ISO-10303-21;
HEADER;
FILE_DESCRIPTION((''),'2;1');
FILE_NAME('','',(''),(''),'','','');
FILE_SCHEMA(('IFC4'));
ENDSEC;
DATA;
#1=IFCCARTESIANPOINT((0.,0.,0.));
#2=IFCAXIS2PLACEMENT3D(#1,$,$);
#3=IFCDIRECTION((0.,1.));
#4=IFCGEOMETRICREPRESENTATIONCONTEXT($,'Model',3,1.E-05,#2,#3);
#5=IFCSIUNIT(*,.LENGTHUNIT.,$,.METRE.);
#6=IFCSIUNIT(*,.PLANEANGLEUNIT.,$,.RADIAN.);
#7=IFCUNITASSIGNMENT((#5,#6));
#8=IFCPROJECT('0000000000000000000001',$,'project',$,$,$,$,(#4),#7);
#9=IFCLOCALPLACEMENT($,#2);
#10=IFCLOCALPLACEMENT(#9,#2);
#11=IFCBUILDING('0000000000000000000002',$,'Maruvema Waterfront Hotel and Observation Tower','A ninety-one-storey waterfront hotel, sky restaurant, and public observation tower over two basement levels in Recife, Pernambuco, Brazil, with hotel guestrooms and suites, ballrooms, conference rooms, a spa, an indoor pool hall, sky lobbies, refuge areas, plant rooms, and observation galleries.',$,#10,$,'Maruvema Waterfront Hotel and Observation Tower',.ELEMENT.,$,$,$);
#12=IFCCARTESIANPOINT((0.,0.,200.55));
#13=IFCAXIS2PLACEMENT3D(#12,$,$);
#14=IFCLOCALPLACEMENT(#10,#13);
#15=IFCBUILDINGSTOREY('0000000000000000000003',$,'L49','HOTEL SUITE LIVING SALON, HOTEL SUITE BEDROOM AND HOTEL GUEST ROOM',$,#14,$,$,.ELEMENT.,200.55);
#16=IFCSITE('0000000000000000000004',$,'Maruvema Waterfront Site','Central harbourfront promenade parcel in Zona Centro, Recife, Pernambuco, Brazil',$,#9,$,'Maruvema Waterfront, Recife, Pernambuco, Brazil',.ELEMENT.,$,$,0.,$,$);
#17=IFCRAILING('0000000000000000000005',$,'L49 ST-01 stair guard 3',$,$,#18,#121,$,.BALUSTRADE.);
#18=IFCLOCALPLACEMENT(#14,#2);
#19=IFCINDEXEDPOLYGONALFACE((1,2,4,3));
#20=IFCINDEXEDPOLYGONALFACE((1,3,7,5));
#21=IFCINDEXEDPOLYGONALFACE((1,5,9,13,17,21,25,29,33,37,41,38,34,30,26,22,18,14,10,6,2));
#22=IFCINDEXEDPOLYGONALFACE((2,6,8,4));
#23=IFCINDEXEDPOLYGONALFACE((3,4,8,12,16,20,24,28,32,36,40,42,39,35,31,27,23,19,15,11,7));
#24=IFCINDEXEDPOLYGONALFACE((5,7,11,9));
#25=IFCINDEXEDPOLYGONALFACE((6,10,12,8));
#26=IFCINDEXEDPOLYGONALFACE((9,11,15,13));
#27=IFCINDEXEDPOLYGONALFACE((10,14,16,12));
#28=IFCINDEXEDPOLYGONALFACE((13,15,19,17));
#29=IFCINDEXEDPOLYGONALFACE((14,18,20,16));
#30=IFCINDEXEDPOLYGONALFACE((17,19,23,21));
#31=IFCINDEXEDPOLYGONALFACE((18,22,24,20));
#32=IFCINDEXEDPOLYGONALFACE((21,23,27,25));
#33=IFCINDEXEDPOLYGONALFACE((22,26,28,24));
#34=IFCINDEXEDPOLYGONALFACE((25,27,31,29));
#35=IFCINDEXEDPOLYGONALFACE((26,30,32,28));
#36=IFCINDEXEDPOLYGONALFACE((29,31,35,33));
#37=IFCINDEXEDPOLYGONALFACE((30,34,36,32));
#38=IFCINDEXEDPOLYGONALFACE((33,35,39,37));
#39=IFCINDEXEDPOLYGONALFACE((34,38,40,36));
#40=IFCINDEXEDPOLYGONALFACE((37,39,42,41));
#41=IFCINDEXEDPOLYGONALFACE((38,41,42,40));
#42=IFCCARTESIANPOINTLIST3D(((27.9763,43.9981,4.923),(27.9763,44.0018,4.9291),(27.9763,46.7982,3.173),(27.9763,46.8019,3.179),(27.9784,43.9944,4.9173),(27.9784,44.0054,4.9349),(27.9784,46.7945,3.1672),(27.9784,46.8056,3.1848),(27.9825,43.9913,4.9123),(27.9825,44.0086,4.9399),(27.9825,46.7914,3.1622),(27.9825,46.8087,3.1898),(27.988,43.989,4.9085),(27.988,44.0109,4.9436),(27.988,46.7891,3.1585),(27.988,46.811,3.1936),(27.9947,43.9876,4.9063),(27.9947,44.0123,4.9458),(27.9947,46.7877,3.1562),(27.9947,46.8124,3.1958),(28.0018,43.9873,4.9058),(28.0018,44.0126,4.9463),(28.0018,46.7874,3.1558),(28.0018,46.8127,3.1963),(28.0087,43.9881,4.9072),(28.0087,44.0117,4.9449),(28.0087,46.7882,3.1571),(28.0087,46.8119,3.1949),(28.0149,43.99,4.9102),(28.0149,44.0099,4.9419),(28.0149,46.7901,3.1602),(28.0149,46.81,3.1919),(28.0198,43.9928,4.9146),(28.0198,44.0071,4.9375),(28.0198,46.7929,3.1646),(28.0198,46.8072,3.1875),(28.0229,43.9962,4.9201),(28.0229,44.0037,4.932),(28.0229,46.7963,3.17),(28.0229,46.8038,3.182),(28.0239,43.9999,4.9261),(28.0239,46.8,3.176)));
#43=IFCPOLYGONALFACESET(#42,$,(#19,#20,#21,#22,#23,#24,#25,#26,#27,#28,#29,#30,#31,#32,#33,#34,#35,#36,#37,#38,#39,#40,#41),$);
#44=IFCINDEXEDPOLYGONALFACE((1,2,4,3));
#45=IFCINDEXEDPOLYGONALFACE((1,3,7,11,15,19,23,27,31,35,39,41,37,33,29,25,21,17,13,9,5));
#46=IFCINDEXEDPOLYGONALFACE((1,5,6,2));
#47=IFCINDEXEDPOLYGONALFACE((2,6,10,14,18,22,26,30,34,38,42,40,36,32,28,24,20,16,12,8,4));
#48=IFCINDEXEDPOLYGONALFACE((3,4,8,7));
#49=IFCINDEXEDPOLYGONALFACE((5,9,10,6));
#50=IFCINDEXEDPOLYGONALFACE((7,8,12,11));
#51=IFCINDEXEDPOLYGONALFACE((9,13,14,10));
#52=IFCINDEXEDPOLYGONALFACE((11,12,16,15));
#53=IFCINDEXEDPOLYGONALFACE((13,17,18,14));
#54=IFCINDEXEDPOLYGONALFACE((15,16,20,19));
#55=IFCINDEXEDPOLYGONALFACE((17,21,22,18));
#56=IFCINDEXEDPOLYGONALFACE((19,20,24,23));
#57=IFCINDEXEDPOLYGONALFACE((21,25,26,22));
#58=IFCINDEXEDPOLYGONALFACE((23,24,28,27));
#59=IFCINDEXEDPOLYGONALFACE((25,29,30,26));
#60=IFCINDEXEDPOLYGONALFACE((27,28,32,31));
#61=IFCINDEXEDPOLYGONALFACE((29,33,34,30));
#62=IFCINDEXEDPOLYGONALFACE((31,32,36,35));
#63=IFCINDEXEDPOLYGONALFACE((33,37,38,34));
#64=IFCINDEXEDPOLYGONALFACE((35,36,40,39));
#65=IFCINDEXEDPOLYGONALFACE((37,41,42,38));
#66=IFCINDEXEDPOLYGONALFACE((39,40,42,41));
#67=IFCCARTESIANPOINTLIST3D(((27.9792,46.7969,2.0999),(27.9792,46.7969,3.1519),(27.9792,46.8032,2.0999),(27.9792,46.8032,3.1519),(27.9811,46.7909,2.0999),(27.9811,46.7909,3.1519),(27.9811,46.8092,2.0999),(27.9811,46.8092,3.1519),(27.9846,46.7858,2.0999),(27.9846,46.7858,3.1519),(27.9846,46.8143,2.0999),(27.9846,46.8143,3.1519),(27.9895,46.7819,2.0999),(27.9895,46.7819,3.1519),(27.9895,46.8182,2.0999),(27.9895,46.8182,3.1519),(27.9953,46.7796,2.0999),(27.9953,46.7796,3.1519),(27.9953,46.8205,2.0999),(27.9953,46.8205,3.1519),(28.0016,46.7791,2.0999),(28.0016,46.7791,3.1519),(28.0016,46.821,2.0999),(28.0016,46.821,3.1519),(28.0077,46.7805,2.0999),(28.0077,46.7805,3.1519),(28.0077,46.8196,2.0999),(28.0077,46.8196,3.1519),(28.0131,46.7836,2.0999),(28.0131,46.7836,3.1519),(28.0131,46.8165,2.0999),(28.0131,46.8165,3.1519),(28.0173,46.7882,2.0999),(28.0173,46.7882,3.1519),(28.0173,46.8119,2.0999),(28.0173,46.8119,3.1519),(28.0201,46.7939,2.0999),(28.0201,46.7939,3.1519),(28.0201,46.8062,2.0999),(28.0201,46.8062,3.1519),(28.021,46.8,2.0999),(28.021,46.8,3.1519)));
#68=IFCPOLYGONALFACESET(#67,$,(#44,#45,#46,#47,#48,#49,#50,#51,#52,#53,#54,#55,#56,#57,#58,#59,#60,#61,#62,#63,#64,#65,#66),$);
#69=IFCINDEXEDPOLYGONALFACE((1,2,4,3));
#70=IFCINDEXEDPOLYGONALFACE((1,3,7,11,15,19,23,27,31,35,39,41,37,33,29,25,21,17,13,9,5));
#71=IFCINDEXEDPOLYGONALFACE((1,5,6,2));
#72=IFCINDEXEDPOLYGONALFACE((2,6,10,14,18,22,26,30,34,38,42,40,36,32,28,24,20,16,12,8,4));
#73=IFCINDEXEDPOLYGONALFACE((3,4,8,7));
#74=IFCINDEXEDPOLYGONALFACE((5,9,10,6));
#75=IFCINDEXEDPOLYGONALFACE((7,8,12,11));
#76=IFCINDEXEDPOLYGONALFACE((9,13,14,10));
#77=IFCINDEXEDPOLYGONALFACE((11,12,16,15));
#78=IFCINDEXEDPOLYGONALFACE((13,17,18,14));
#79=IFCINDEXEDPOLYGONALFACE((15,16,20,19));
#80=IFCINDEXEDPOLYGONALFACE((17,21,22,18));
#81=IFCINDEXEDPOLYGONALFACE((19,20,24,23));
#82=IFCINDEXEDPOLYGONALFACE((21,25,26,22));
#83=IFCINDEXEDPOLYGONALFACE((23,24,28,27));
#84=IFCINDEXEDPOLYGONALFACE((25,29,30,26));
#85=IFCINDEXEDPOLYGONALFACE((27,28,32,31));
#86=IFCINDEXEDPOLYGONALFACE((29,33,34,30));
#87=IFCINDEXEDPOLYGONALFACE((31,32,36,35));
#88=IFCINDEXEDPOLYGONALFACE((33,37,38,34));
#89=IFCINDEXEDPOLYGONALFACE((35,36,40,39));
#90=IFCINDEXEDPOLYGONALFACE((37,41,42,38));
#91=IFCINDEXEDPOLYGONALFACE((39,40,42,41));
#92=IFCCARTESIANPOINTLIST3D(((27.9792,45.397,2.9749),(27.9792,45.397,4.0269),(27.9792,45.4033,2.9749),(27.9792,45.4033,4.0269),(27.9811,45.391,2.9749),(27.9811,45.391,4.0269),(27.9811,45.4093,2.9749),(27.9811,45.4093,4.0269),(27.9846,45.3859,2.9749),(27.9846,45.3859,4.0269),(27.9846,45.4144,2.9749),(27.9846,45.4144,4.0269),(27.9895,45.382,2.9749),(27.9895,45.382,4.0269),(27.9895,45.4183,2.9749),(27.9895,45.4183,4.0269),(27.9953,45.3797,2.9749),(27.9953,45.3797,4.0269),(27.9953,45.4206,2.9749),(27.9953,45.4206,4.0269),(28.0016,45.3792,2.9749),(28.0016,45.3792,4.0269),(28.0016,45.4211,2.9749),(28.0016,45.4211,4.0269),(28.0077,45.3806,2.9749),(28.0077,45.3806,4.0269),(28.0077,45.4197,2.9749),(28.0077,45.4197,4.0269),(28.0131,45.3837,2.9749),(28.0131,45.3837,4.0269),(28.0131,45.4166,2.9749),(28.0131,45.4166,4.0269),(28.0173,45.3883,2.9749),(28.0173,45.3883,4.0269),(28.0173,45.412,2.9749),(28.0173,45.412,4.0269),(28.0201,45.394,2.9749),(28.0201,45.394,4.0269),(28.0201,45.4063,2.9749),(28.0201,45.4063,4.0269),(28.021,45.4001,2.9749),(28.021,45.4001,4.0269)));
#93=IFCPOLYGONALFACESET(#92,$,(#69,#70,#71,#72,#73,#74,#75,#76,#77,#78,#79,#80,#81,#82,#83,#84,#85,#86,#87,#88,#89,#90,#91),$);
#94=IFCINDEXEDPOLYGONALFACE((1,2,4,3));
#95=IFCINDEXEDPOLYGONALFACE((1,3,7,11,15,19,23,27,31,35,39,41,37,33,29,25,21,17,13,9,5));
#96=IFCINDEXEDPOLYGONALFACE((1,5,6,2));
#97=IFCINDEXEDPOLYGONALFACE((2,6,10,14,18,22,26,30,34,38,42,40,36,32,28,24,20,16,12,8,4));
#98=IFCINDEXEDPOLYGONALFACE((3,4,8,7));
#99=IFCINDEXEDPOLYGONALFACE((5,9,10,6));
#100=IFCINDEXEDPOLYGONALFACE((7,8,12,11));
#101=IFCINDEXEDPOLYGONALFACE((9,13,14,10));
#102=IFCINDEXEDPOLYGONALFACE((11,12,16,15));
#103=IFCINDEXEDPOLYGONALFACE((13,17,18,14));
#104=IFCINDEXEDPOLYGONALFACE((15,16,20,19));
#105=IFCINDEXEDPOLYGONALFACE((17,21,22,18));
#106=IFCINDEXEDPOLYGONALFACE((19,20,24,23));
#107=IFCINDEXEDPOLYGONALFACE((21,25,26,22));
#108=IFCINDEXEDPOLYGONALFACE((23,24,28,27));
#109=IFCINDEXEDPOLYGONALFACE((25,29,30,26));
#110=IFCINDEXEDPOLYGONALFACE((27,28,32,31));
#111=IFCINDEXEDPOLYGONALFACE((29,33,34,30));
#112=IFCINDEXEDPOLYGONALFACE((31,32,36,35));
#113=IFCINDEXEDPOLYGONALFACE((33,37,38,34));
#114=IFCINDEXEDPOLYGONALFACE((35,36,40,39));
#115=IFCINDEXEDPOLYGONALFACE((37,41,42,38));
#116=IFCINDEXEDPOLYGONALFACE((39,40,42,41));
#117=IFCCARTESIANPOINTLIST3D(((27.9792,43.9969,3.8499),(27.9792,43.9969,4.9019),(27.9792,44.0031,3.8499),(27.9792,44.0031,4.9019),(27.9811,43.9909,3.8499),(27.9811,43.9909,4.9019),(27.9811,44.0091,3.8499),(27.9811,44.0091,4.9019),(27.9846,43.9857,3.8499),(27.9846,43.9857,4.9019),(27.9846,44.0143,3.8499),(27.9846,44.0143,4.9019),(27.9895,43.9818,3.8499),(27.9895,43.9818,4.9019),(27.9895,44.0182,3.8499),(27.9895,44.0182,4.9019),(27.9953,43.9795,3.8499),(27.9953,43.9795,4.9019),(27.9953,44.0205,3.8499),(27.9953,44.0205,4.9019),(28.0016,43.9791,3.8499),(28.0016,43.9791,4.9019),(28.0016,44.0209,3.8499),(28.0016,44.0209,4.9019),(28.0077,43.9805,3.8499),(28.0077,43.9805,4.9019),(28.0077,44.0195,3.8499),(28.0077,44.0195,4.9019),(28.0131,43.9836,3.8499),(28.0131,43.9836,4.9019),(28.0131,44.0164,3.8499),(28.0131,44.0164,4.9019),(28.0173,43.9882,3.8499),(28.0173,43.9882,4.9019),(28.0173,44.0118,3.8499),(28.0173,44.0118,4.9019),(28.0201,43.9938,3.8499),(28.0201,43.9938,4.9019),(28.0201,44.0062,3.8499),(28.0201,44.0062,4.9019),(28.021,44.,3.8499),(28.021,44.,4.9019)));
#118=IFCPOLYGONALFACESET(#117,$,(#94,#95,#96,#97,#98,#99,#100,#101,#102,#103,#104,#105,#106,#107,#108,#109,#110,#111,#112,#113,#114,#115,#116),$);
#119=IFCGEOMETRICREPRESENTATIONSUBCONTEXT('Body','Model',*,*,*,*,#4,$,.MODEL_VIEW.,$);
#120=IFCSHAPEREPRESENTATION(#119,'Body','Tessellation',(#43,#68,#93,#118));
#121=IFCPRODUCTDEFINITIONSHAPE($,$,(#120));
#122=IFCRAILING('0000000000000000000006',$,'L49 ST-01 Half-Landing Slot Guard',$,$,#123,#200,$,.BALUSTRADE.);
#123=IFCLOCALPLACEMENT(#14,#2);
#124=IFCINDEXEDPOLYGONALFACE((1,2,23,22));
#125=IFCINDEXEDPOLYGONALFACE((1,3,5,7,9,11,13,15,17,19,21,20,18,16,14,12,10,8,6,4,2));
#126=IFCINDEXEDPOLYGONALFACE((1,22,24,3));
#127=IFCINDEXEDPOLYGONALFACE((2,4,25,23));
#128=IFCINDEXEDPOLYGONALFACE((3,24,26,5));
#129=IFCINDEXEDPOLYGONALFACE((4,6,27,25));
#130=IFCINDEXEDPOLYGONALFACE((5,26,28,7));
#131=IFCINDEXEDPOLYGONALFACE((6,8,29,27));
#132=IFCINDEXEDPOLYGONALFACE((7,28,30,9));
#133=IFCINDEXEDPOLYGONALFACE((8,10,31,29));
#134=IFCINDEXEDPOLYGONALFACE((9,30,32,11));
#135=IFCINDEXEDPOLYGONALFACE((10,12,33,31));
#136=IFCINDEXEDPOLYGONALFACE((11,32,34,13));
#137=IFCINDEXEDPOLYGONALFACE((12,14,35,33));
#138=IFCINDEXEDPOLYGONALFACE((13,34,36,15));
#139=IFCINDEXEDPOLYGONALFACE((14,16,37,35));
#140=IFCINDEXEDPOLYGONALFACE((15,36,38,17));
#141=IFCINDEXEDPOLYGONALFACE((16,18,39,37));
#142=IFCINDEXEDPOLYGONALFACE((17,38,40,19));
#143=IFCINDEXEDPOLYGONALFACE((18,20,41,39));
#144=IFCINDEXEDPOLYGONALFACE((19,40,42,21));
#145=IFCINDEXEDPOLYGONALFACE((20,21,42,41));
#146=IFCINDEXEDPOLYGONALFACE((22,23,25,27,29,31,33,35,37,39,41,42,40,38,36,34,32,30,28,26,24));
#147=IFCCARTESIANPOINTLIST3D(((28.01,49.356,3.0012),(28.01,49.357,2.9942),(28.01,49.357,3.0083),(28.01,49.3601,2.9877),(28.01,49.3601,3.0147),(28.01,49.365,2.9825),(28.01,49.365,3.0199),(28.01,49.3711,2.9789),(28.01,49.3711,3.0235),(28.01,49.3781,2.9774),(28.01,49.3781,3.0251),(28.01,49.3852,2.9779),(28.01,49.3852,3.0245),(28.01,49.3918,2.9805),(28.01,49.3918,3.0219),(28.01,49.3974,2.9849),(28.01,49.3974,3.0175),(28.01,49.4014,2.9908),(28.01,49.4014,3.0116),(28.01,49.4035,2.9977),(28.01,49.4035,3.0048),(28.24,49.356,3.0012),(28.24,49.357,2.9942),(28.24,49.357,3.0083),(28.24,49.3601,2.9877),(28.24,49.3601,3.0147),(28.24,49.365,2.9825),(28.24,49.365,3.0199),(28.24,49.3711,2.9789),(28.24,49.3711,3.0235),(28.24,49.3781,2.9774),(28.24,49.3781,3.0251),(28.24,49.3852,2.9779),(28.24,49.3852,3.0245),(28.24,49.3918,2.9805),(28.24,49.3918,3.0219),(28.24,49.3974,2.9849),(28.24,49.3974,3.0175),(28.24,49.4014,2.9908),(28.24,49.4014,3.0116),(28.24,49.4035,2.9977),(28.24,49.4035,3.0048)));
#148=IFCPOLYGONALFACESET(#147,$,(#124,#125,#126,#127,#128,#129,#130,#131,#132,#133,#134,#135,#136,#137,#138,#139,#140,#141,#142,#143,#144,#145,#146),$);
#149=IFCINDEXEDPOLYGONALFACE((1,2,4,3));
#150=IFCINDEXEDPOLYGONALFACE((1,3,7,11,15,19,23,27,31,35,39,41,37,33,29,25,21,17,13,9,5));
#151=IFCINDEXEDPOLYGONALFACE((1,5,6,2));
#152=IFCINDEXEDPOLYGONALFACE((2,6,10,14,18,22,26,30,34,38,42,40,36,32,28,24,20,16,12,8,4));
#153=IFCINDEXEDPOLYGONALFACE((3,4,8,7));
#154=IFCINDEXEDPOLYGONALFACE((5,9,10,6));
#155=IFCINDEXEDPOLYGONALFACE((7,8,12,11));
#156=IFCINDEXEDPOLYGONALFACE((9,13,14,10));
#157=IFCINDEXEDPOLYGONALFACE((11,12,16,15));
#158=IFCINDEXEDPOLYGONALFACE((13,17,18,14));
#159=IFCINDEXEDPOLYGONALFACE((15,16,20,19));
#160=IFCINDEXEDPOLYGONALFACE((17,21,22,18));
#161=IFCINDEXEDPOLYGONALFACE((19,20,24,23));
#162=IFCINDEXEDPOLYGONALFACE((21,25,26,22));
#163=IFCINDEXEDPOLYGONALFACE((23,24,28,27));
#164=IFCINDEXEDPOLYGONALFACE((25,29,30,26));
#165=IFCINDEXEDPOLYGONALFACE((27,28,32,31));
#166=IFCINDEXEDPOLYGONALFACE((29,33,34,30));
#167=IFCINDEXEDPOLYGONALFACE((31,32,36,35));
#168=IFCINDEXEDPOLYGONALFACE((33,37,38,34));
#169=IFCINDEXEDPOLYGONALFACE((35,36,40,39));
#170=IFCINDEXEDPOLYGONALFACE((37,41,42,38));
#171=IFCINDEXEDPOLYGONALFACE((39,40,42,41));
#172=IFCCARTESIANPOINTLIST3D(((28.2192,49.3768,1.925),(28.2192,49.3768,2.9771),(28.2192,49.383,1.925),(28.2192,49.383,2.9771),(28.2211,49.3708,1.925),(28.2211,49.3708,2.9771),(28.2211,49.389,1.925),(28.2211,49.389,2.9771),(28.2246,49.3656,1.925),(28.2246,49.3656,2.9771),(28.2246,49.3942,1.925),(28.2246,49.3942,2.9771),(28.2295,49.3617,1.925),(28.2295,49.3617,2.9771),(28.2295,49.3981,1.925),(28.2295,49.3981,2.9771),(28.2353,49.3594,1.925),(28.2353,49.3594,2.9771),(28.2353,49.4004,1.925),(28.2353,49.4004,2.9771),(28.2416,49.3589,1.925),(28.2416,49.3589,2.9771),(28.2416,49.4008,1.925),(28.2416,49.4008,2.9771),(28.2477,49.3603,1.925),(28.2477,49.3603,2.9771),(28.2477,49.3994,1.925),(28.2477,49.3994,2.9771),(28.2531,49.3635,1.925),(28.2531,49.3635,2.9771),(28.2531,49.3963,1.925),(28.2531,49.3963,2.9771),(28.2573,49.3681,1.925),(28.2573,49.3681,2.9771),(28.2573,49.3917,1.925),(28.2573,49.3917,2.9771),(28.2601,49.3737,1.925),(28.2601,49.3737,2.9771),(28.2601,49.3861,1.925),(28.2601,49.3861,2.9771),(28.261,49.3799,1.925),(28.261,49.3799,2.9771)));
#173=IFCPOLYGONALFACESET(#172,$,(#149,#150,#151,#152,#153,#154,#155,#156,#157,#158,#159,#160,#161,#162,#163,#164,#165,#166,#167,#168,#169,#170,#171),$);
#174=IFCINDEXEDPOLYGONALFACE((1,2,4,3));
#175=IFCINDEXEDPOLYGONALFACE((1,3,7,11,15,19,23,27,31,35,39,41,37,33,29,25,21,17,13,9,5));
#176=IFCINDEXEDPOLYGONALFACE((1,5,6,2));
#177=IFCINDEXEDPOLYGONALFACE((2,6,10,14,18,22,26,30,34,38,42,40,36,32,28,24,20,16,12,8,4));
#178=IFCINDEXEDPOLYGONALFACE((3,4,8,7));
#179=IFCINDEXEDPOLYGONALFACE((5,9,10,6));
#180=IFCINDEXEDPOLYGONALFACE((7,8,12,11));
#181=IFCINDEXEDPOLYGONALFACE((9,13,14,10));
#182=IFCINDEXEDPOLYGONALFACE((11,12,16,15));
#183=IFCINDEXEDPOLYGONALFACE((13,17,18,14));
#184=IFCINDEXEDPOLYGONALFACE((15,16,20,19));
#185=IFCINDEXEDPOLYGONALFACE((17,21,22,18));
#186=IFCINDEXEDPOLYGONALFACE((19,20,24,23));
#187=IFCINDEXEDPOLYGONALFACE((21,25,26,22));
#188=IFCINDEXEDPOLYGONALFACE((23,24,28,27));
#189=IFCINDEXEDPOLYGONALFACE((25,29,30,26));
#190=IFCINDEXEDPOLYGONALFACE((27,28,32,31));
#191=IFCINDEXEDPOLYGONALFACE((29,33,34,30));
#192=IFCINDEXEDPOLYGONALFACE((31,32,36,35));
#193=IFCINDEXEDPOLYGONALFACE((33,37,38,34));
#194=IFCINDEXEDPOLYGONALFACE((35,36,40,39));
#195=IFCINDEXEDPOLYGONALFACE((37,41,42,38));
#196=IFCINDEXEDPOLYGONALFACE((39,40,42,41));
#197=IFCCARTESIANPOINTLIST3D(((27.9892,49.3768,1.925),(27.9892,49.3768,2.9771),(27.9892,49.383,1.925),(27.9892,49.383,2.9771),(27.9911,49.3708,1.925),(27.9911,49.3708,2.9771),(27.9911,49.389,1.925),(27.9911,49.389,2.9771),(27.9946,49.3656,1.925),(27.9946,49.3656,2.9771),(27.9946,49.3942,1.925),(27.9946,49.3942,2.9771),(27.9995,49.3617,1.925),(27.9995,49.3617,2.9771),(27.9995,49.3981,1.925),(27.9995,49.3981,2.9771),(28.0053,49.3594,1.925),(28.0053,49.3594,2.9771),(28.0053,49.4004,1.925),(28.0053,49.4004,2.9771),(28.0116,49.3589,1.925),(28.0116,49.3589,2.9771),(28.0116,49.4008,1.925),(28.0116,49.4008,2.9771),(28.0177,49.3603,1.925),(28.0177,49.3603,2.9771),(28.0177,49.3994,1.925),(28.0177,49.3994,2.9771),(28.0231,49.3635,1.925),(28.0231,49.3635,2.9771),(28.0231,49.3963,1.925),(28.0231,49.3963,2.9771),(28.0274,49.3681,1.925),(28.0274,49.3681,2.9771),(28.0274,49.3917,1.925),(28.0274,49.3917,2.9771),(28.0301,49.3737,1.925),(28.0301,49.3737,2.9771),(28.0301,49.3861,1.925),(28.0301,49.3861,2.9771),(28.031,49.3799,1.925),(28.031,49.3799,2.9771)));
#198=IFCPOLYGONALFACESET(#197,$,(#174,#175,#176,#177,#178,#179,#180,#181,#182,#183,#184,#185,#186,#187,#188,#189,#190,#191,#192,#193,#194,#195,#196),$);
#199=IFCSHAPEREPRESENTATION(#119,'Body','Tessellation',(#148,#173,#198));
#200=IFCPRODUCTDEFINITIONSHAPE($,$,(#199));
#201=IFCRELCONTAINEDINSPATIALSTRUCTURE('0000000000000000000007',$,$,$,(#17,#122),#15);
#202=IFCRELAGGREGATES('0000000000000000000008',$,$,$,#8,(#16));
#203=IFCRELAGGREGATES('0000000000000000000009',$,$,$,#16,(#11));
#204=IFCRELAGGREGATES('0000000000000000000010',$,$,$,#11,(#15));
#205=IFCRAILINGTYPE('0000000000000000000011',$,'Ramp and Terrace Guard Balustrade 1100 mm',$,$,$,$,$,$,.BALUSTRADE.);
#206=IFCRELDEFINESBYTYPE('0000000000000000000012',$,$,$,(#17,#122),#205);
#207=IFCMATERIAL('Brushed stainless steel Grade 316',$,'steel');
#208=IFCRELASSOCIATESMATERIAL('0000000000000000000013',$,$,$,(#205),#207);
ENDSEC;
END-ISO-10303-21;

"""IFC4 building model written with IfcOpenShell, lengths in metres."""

from ifc_helpers import new_model, si_unit, direction, frame, origin, origin_2d, place, context, subcontext, project, spatial, circle, extrude, material, type_object, element, save


model = new_model("IFC4")

# Units and contexts
model_context = context("Model", 3, precision=1e-05, world=origin(), true_north=direction((0.0, 1.0)))
body_context = subcontext(model_context, "Body", "Model", "MODEL_VIEW")
ifc_project = project(units=[si_unit("LENGTHUNIT", "METRE"), si_unit("PLANEANGLEUNIT", "RADIAN")], contexts=[model_context])

# Site, building, storey
site_placement = place(None, origin())
site = spatial("IfcSite", under=ifc_project, at=site_placement, Name="Maruvema Waterfront Site", Description="Central harbourfront promenade parcel in Zona Centro, Recife, Pernambuco, Brazil", LongName="Maruvema Waterfront, Recife, Pernambuco, Brazil", CompositionType="ELEMENT", RefElevation=0.0)
building_placement = place(site_placement, origin())
building = spatial("IfcBuilding", under=site, at=building_placement, Name="Maruvema Waterfront Hotel and Observation Tower", Description="A ninety-one-storey waterfront hotel, sky restaurant, and public observation tower over two basement levels in Recife, Pernambuco, Brazil, with hotel guestrooms and suites, ballrooms, conference rooms, a spa, an indoor pool hall, sky lobbies, refuge areas, plant rooms, and observation galleries.", LongName="Maruvema Waterfront Hotel and Observation Tower", CompositionType="ELEMENT")
storey_placement = place(building_placement, frame((0.0, 0.0, 200.55)))
storey = spatial("IfcBuildingStorey", under=building, at=storey_placement, Name="L49", Description="HOTEL SUITE LIVING SALON, HOTEL SUITE BEDROOM AND HOTEL GUEST ROOM", CompositionType="ELEMENT", Elevation=200.55)

# Railings
ifc_material_1 = material(Name="Brushed stainless steel Grade 316", Category="steel")
railing_type_1 = type_object("IfcRailingType", Name="Ramp and Terrace Guard Balustrade 1100 mm", PredefinedType="BALUSTRADE", material=ifc_material_1)
railing_1_placement = place(storey_placement, frame((28.0, 46.8, 2.0999)))
element("IfcRailing", 1, at=railing_1_placement, inside=storey, type_object=railing_type_1, Name="L49 ST-01 stair guard 3", PredefinedType="BALUSTRADE", context=body_context, shape_type="SweptSolid", body=[
    extrude(circle(Radius=0.0239, at=origin_2d()), frame((0.0, 0.0, 1.0762), z_axis=(0.0, -0.848002, 0.529992), x_axis=(1.0, 0.0, 0.0)), (0.0, 0.0, 1.0), 3.302),
    extrude(circle(Radius=0.021, at=origin_2d()), origin(), (0.0, 0.0, 1.0), 1.052),
    extrude(circle(Radius=0.021, at=origin_2d()), frame((0.0, -1.3999, 0.875)), (0.0, 0.0, 1.0), 1.052),
    extrude(circle(Radius=0.021, at=origin_2d()), frame((0.0, -2.8, 1.75)), (0.0, 0.0, 1.0), 1.052),
])
railing_2_placement = place(storey_placement, frame((28.24, 49.3799, 1.925)))
element("IfcRailing", 2, at=railing_2_placement, inside=storey, type_object=railing_type_1, Name="L49 ST-01 Half-Landing Slot Guard", PredefinedType="BALUSTRADE", context=body_context, shape_type="SweptSolid", body=[
    extrude(circle(Radius=0.0239, at=origin_2d()), frame((0.0, 0.0, 1.0762), z_axis=(-1.0, 0.0, 0.0), x_axis=(0.0, -1.0, 0.0)), (0.0, 0.0, 1.0), 0.23),
    extrude(circle(Radius=0.021, at=origin_2d()), origin(), (0.0, 0.0, 1.0), 1.052),
    extrude(circle(Radius=0.021, at=origin_2d()), frame((-0.23, 0.0, 0.0)), (0.0, 0.0, 1.0), 1.052),
])

save(model, "model.ifc")
